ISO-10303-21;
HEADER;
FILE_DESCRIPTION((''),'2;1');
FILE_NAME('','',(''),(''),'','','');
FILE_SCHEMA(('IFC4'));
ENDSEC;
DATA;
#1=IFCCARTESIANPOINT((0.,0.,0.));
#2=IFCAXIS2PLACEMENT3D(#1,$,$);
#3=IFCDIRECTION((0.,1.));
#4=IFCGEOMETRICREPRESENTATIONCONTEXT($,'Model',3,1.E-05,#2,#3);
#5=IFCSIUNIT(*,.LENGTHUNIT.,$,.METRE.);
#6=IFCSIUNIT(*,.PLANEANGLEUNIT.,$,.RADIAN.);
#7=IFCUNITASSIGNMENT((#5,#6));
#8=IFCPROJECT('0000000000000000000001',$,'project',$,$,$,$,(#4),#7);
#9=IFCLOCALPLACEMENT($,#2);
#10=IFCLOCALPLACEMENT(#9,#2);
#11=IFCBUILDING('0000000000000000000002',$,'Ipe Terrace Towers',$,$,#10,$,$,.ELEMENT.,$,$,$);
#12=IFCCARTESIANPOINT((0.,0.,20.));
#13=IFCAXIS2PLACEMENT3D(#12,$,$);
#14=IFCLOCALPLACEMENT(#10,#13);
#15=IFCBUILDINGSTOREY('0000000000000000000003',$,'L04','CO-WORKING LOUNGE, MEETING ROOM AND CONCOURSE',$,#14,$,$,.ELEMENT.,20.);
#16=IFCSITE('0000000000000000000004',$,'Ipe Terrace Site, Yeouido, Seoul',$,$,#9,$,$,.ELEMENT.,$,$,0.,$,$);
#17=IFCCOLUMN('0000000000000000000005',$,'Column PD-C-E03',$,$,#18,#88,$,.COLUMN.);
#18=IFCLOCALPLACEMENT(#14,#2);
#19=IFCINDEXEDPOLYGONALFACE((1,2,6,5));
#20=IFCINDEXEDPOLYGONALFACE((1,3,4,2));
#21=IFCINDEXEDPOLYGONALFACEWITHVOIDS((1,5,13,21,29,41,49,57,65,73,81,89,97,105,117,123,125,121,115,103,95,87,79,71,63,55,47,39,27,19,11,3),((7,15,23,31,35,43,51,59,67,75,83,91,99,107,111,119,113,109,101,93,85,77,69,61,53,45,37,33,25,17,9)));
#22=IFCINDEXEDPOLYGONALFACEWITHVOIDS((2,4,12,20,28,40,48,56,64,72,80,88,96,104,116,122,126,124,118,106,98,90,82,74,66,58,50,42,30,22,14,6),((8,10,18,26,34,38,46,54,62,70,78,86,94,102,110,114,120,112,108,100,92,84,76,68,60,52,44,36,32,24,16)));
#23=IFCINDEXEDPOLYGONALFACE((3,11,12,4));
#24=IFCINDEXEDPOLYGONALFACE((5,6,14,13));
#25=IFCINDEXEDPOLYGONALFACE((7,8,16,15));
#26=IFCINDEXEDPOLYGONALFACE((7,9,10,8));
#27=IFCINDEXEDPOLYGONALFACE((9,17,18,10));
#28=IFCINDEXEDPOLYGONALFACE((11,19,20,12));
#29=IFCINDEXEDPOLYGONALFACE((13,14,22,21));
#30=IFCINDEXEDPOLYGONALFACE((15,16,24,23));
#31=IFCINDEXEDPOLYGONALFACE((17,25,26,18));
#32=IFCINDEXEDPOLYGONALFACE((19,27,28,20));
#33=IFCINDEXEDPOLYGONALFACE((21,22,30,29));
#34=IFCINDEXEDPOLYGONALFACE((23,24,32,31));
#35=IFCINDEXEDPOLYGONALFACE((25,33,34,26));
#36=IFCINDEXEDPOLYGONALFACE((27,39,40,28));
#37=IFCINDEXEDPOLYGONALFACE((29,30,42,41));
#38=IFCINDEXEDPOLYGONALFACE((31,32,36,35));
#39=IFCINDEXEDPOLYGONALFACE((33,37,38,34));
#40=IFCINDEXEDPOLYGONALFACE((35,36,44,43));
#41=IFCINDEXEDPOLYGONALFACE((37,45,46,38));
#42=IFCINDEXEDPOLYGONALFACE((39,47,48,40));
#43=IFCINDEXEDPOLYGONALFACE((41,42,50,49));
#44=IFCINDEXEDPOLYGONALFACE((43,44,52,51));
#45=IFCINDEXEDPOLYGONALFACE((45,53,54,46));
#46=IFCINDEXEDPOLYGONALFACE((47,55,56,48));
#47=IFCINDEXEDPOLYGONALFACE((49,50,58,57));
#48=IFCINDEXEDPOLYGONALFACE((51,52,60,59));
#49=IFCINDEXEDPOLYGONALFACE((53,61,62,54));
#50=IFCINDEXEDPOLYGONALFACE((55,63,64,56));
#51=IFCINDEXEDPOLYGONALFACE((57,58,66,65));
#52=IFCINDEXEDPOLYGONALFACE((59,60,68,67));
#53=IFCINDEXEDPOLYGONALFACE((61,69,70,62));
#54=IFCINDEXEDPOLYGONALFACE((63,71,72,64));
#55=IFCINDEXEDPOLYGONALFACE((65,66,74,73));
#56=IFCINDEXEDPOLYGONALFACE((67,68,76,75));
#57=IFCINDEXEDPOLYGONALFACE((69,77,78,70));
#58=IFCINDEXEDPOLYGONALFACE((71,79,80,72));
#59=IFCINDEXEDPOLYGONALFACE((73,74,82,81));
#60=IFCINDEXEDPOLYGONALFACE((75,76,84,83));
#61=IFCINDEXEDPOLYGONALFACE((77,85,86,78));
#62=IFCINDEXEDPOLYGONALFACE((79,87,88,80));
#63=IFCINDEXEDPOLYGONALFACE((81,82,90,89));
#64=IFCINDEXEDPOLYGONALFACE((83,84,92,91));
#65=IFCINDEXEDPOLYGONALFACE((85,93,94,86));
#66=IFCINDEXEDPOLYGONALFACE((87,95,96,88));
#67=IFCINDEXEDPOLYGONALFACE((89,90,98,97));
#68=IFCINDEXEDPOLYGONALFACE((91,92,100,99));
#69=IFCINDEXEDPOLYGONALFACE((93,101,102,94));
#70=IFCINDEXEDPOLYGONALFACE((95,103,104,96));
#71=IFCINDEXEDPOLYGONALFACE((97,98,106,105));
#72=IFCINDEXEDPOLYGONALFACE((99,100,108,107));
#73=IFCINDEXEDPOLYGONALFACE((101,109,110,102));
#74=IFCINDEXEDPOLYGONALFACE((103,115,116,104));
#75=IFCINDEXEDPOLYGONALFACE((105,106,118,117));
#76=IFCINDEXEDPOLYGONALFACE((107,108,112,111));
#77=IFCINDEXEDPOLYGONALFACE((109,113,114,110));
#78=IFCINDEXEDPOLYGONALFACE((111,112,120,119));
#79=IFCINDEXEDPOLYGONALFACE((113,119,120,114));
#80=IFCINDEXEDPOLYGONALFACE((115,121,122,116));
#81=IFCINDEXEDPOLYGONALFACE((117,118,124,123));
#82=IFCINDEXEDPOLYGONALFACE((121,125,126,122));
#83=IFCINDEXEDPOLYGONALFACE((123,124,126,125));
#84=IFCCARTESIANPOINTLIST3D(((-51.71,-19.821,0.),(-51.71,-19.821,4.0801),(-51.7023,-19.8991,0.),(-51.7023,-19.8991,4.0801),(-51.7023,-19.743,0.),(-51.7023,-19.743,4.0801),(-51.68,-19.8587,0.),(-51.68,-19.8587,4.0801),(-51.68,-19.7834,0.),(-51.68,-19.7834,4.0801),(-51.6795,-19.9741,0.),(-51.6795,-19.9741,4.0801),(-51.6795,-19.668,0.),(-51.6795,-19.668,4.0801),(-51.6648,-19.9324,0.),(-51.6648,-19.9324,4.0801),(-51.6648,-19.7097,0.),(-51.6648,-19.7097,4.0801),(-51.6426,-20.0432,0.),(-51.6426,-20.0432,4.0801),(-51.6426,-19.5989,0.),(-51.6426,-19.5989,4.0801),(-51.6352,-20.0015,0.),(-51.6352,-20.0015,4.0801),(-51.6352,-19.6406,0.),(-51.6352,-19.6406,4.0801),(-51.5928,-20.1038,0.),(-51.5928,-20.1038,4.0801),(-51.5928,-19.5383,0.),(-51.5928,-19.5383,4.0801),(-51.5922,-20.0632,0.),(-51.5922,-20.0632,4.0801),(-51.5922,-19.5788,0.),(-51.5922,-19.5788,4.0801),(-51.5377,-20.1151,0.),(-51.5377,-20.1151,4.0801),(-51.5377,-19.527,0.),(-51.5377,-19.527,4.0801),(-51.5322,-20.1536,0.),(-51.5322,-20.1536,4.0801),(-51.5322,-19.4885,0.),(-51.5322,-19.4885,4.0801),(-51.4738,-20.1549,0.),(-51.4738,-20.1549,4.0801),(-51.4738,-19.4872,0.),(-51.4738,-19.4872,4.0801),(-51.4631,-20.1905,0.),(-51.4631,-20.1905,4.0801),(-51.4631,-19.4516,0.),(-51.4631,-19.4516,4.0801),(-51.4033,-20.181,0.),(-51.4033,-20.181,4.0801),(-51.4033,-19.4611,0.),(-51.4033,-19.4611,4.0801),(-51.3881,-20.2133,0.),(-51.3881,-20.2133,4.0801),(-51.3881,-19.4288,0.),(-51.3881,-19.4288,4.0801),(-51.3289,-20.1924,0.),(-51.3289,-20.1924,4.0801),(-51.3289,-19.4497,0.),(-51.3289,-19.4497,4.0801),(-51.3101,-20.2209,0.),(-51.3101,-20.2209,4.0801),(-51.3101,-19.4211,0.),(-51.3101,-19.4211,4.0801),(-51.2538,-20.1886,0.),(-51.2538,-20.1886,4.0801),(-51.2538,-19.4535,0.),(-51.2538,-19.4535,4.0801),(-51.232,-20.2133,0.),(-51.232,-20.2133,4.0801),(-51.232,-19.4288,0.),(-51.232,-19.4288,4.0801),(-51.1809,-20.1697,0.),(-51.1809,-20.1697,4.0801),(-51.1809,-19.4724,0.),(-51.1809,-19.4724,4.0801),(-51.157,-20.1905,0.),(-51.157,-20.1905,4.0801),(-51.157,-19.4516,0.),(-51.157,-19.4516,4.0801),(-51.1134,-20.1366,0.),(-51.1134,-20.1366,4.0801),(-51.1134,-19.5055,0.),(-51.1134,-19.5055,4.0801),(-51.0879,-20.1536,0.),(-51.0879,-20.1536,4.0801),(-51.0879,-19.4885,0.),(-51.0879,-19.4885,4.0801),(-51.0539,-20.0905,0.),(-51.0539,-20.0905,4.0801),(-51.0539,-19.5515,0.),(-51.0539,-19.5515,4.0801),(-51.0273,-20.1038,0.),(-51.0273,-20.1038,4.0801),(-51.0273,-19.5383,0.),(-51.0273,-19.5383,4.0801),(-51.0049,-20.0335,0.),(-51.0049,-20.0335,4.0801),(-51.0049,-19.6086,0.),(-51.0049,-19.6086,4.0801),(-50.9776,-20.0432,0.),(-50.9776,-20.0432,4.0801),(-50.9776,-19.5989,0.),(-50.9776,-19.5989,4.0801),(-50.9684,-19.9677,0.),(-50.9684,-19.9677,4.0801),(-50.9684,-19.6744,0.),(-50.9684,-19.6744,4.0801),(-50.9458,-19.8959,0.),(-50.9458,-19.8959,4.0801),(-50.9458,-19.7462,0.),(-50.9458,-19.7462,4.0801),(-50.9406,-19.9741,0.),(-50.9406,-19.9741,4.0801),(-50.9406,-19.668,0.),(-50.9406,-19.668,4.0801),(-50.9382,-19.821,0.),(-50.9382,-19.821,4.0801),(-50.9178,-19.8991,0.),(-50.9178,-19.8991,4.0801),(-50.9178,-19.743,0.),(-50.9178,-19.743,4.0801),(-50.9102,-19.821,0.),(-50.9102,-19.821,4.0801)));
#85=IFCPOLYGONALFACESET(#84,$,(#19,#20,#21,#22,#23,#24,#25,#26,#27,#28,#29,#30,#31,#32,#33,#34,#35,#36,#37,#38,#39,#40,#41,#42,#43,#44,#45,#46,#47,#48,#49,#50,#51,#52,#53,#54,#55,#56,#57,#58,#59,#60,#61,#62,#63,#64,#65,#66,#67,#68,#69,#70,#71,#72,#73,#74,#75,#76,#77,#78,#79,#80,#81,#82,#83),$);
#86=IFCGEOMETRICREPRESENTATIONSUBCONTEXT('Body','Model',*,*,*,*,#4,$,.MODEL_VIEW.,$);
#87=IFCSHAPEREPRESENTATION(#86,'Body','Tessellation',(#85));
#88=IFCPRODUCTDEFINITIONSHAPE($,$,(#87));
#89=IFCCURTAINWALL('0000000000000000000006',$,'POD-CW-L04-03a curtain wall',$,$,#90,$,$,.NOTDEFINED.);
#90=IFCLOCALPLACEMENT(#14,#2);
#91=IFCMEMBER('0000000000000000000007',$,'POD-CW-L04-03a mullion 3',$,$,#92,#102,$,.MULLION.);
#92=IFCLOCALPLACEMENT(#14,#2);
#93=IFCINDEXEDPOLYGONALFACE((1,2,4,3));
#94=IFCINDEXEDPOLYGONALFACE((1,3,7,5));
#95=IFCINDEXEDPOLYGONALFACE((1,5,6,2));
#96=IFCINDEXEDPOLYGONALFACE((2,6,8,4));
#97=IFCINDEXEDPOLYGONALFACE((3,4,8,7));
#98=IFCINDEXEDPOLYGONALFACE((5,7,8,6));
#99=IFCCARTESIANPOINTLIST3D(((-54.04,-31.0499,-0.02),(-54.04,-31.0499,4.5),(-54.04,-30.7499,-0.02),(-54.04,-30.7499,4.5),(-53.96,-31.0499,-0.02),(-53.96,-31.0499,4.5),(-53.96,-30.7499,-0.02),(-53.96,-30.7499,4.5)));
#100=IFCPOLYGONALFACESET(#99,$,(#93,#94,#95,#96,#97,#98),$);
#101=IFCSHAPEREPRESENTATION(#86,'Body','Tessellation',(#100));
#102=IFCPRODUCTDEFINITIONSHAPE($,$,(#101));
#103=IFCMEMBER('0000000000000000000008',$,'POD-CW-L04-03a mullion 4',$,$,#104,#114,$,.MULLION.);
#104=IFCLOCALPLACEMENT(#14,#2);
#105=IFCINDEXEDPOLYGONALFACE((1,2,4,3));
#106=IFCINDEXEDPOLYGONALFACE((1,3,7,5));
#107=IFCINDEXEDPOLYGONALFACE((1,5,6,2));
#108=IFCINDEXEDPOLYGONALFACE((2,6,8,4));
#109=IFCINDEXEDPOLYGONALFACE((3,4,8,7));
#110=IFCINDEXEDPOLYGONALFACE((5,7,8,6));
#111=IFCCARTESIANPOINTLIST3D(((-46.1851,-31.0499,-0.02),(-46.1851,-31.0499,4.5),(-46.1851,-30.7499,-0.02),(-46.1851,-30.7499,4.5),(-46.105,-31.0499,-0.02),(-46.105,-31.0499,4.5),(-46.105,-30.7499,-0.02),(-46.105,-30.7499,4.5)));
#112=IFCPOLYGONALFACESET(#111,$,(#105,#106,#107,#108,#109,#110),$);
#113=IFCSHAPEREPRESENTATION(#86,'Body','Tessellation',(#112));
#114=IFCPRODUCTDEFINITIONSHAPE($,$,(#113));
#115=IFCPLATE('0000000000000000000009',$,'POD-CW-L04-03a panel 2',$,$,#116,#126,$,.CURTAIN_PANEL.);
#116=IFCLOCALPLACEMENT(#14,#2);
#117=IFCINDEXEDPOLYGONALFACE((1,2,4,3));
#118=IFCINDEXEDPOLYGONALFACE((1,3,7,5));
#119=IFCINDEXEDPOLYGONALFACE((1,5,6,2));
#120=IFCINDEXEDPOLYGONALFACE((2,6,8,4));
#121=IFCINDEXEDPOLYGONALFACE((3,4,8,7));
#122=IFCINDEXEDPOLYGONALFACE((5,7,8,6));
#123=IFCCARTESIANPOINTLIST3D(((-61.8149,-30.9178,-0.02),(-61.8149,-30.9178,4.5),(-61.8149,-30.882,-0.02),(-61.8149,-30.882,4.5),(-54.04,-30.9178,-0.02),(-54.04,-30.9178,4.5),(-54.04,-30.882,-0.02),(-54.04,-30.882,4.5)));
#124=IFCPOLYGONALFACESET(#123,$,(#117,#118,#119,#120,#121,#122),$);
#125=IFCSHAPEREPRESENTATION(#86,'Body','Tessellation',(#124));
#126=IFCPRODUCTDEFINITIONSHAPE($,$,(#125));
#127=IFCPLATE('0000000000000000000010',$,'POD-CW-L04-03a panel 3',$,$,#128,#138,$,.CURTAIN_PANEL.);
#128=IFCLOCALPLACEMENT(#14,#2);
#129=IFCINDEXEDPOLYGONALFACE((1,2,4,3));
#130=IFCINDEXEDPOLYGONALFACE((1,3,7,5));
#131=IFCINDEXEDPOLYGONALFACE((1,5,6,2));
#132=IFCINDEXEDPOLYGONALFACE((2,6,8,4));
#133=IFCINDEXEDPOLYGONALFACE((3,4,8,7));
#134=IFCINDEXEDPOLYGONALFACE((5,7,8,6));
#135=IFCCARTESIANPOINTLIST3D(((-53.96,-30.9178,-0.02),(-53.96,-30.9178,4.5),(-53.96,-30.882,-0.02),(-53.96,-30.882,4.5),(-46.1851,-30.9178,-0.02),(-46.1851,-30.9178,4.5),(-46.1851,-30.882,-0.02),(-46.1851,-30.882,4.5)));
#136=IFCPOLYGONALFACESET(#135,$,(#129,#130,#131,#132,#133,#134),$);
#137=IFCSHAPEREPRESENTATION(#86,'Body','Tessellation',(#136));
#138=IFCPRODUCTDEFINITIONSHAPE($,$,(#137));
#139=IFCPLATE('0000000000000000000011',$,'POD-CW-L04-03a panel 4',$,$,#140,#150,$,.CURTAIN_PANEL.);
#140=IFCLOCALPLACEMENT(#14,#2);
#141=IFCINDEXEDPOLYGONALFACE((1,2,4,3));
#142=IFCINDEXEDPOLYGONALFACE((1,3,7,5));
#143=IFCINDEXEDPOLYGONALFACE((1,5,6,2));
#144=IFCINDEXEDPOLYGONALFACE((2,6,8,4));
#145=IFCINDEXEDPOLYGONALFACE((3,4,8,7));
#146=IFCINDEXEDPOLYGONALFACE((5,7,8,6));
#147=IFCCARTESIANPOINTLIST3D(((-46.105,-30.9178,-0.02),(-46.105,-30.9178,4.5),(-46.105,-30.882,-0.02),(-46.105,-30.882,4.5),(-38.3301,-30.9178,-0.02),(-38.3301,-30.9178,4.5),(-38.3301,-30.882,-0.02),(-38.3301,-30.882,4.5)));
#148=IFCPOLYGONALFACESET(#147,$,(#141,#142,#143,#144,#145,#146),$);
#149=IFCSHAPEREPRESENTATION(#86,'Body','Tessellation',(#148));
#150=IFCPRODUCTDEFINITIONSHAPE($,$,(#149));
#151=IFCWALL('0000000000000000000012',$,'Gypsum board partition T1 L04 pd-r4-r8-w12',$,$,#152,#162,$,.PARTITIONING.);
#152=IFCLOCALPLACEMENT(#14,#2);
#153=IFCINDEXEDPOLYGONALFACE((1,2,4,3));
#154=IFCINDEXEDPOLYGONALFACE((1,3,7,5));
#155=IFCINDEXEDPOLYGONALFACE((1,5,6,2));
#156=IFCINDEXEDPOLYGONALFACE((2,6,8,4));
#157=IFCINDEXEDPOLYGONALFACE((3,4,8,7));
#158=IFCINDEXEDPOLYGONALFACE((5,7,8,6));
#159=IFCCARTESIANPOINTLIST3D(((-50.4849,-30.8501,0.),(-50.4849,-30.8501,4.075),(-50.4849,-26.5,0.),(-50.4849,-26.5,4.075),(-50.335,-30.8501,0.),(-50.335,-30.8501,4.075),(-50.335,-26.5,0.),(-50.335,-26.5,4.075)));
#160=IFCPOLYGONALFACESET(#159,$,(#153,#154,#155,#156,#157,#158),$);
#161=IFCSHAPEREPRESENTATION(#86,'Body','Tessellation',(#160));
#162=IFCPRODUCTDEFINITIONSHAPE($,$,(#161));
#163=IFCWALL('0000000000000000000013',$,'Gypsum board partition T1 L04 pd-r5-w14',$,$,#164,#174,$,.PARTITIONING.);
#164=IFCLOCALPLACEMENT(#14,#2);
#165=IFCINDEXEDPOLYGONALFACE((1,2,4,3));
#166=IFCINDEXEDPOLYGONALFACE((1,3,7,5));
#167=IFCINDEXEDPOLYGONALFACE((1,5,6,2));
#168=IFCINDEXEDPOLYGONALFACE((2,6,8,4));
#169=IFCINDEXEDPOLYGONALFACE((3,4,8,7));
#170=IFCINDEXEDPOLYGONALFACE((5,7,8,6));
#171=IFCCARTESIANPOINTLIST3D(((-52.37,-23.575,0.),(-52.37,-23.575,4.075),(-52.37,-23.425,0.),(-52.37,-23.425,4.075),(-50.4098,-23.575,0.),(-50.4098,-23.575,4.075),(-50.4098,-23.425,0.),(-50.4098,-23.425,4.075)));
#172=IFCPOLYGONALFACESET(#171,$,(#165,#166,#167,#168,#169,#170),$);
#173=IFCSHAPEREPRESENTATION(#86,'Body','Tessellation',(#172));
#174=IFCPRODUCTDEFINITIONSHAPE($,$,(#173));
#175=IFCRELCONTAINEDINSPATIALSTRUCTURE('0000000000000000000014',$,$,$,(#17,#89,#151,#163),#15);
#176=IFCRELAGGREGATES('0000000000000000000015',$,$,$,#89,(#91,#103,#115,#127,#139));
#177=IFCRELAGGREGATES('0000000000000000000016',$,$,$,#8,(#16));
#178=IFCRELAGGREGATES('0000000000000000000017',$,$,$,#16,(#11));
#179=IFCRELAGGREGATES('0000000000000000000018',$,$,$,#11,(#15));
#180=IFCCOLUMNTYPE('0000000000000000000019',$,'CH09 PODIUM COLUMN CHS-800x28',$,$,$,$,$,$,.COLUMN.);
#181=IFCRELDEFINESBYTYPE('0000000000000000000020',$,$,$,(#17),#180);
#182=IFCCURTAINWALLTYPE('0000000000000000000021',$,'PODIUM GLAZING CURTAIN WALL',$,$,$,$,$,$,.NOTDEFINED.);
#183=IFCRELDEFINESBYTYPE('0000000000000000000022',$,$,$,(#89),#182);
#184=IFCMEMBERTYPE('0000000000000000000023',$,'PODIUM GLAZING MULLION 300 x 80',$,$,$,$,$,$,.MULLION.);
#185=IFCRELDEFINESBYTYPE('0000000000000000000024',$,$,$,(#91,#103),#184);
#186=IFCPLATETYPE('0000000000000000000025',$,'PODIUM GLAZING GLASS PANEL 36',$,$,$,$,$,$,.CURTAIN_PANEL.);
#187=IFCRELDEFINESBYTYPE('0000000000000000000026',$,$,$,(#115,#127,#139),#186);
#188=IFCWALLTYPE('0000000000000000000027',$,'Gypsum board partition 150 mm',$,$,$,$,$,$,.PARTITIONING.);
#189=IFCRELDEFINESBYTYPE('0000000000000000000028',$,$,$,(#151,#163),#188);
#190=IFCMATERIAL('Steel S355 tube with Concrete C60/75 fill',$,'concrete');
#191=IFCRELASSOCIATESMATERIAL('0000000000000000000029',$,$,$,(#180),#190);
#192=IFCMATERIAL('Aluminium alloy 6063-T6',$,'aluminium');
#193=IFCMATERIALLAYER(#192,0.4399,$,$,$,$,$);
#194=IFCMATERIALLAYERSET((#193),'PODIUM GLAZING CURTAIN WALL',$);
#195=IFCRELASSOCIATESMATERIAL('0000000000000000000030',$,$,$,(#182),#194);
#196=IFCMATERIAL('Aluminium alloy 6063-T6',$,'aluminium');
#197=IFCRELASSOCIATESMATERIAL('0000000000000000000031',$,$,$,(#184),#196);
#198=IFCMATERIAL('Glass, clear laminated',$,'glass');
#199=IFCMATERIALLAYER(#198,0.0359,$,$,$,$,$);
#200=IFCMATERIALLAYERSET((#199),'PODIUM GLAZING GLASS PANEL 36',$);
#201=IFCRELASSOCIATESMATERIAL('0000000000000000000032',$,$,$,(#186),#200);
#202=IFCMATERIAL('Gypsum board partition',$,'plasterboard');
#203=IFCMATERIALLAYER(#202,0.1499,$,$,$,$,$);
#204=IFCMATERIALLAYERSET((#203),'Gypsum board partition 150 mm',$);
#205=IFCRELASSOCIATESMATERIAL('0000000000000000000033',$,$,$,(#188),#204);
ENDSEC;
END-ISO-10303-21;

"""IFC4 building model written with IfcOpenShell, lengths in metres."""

from ifc_helpers import new_model, si_unit, direction, frame, frame_2d, origin, origin_2d, place, context, subcontext, project, spatial, rectangle, hollow_circle, extrude, material, layer, layer_set, material_profile, profile_set, type_object, element, aggregate, save


model = new_model("IFC4")

# Units and contexts
model_context = context("Model", 3, precision=1e-05, world=origin(), true_north=direction((0.0, 1.0)))
body_context = subcontext(model_context, "Body", "Model", "MODEL_VIEW")
ifc_project = project(units=[si_unit("LENGTHUNIT", "METRE"), si_unit("PLANEANGLEUNIT", "RADIAN")], contexts=[model_context])

# Site, building, storey
site_placement = place(None, origin())
site = spatial("IfcSite", under=ifc_project, at=site_placement, Name="Ipe Terrace Site, Yeouido, Seoul", CompositionType="ELEMENT", RefElevation=0.0)
building_placement = place(site_placement, origin())
building = spatial("IfcBuilding", under=site, at=building_placement, Name="Ipe Terrace Towers", CompositionType="ELEMENT")
storey_placement = place(building_placement, frame((0.0, 0.0, 20.0)))
storey = spatial("IfcBuildingStorey", under=building, at=storey_placement, Name="L04", Description="CO-WORKING LOUNGE, MEETING ROOM AND CONCOURSE", CompositionType="ELEMENT", Elevation=20.0)

# Column
ifc_material_1 = material(Name="Steel S355 tube with Concrete C60/75 fill", Category="concrete")
ifc_material_profile_1 = material_profile(ifc_material_1, hollow_circle(Radius=0.3999, WallThickness=0.0281, at=origin_2d()), Name="CHS-800x28")
ifc_profile_set_1 = profile_set([ifc_material_profile_1], Name="Steel S355 tube with Concrete C60/75 fill")
column_type = type_object("IfcColumnType", Name="CH09 PODIUM COLUMN CHS-800x28", PredefinedType="COLUMN", material=ifc_profile_set_1)
for number, where, z_axis, x_axis, name in (
    (1, (-51.3101, -19.821, 0.0), (0.0, 0.0, 1.0), (1.0, 0.0, 0.0), "Column PD-C-E03"),
):
    element("IfcColumn", number, at=place(storey_placement, frame(where, z_axis=z_axis, x_axis=x_axis)), inside=storey, type_object=column_type, Name=name, PredefinedType="COLUMN", context=body_context, shape_type="SweptSolid", body=[
        extrude(hollow_circle(Radius=0.3999, WallThickness=0.0281, at=origin_2d()), origin(), (0.0, 0.0, 1.0), 4.0801),
    ])

# Curtain wall, members, plates
ifc_material_2 = material(Name="Aluminium alloy 6063-T6", Category="aluminium")
ifc_layer_1 = layer(ifc_material_2, 0.4399)
ifc_layer_set_1 = layer_set([ifc_layer_1], Name="PODIUM GLAZING CURTAIN WALL")
curtain_wall_type = type_object("IfcCurtainWallType", Name="PODIUM GLAZING CURTAIN WALL", PredefinedType="NOTDEFINED", material=ifc_layer_set_1)
curtain_wall_placement = place(storey_placement, origin())
curtain_wall = element("IfcCurtainWall", 2, at=curtain_wall_placement, inside=storey, type_object=curtain_wall_type, Name="POD-CW-L04-03a curtain wall", PredefinedType="NOTDEFINED")
ifc_material_3 = material(Name="Aluminium alloy 6063-T6", Category="aluminium")
ifc_material_profile_2 = material_profile(ifc_material_3, rectangle(XDim=0.3, YDim=0.0801, at=origin_2d()), Name="PODIUM GLAZING MULLION 300 x 80")
ifc_profile_set_2 = profile_set([ifc_material_profile_2], Name="Aluminium alloy 6063-T6")
member_type = type_object("IfcMemberType", Name="PODIUM GLAZING MULLION 300 x 80", PredefinedType="MULLION", material=ifc_profile_set_2)
member_1_placement = place(storey_placement, frame((-54.0, -30.8999, -0.02), z_axis=(0.0, 0.0, 1.0), x_axis=(0.0, -1.0, 0.0)))
member_1 = element("IfcMember", 3, at=member_1_placement, type_object=member_type, Name="POD-CW-L04-03a mullion 3", PredefinedType="MULLION", context=body_context, shape_type="SweptSolid", body=[
    extrude(rectangle(XDim=0.3, YDim=0.0801, at=origin_2d()), origin(), (0.0, 0.0, 1.0), 4.52),
])
member_2_placement = place(storey_placement, frame((-46.145, -30.8999, -0.02), z_axis=(0.0, 0.0, 1.0), x_axis=(0.0, -1.0, 0.0)))
member_2 = element("IfcMember", 4, at=member_2_placement, type_object=member_type, Name="POD-CW-L04-03a mullion 4", PredefinedType="MULLION", context=body_context, shape_type="SweptSolid", body=[
    extrude(rectangle(XDim=0.3, YDim=0.0801, at=origin_2d()), origin(), (0.0, 0.0, 1.0), 4.52),
])
ifc_material_4 = material(Name="Glass, clear laminated", Category="glass")
ifc_layer_2 = layer(ifc_material_4, 0.0359)
ifc_layer_set_2 = layer_set([ifc_layer_2], Name="PODIUM GLAZING GLASS PANEL 36")
plate_type = type_object("IfcPlateType", Name="PODIUM GLAZING GLASS PANEL 36", PredefinedType="CURTAIN_PANEL", material=ifc_layer_set_2)
plate_1_placement = place(storey_placement, frame((-57.9275, -30.8999, -0.02), z_axis=(0.0, 0.0, 1.0), x_axis=(1.0, 0.0, 0.0)))
plate_1 = element("IfcPlate", 5, at=plate_1_placement, type_object=plate_type, Name="POD-CW-L04-03a panel 2", PredefinedType="CURTAIN_PANEL", context=body_context, shape_type="SweptSolid", body=[
    extrude(rectangle(XDim=7.7749, YDim=0.0359, at=origin_2d()), origin(), (0.0, 0.0, 1.0), 4.52),
])
plate_2_placement = place(storey_placement, frame((-50.0725, -30.8999, -0.02), z_axis=(0.0, 0.0, 1.0), x_axis=(1.0, 0.0, 0.0)))
plate_2 = element("IfcPlate", 6, at=plate_2_placement, type_object=plate_type, Name="POD-CW-L04-03a panel 3", PredefinedType="CURTAIN_PANEL", context=body_context, shape_type="SweptSolid", body=[
    extrude(rectangle(XDim=7.7749, YDim=0.0359, at=origin_2d()), origin(), (0.0, 0.0, 1.0), 4.52),
])
plate_3_placement = place(storey_placement, frame((-42.2175, -30.8999, -0.02), z_axis=(0.0, 0.0, 1.0), x_axis=(1.0, 0.0, 0.0)))
plate_3 = element("IfcPlate", 7, at=plate_3_placement, type_object=plate_type, Name="POD-CW-L04-03a panel 4", PredefinedType="CURTAIN_PANEL", context=body_context, shape_type="SweptSolid", body=[
    extrude(rectangle(XDim=7.7749, YDim=0.0359, at=origin_2d()), origin(), (0.0, 0.0, 1.0), 4.52),
])
aggregate(curtain_wall, [member_1, member_2, plate_1, plate_2, plate_3])

# Walls
ifc_material_5 = material(Name="Gypsum board partition", Category="plasterboard")
ifc_layer_3 = layer(ifc_material_5, 0.1499)
ifc_layer_set_3 = layer_set([ifc_layer_3], Name="Gypsum board partition 150 mm")
wall_type_1 = type_object("IfcWallType", Name="Gypsum board partition 150 mm", PredefinedType="PARTITIONING", material=ifc_layer_set_3)
wall_1_placement = place(storey_placement, frame((-50.4099, -26.5, 0.0), z_axis=(0.0, 0.0, 1.0), x_axis=(0.0, -1.0, 0.0)))
element("IfcWall", 8, at=wall_1_placement, inside=storey, type_object=wall_type_1, Name="Gypsum board partition T1 L04 pd-r4-r8-w12", PredefinedType="PARTITIONING", context=body_context, shape_type="SweptSolid", body=[
    extrude(rectangle(XDim=4.3501, YDim=0.1499, at=frame_2d((2.175, 0.0))), origin(), (0.0, 0.0, 1.0), 4.075),
])
wall_2_placement = place(storey_placement, frame((-50.4099, -23.5, 0.0), z_axis=(0.0, 0.0, 1.0), x_axis=(-1.0, 0.0, 0.0)))
element("IfcWall", 9, at=wall_2_placement, inside=storey, type_object=wall_type_1, Name="Gypsum board partition T1 L04 pd-r5-w14", PredefinedType="PARTITIONING", context=body_context, shape_type="SweptSolid", body=[
    extrude(rectangle(XDim=1.9602, YDim=0.1499, at=frame_2d((0.98, 0.0))), origin(), (0.0, 0.0, 1.0), 4.075),
])

save(model, "model.ifc")
